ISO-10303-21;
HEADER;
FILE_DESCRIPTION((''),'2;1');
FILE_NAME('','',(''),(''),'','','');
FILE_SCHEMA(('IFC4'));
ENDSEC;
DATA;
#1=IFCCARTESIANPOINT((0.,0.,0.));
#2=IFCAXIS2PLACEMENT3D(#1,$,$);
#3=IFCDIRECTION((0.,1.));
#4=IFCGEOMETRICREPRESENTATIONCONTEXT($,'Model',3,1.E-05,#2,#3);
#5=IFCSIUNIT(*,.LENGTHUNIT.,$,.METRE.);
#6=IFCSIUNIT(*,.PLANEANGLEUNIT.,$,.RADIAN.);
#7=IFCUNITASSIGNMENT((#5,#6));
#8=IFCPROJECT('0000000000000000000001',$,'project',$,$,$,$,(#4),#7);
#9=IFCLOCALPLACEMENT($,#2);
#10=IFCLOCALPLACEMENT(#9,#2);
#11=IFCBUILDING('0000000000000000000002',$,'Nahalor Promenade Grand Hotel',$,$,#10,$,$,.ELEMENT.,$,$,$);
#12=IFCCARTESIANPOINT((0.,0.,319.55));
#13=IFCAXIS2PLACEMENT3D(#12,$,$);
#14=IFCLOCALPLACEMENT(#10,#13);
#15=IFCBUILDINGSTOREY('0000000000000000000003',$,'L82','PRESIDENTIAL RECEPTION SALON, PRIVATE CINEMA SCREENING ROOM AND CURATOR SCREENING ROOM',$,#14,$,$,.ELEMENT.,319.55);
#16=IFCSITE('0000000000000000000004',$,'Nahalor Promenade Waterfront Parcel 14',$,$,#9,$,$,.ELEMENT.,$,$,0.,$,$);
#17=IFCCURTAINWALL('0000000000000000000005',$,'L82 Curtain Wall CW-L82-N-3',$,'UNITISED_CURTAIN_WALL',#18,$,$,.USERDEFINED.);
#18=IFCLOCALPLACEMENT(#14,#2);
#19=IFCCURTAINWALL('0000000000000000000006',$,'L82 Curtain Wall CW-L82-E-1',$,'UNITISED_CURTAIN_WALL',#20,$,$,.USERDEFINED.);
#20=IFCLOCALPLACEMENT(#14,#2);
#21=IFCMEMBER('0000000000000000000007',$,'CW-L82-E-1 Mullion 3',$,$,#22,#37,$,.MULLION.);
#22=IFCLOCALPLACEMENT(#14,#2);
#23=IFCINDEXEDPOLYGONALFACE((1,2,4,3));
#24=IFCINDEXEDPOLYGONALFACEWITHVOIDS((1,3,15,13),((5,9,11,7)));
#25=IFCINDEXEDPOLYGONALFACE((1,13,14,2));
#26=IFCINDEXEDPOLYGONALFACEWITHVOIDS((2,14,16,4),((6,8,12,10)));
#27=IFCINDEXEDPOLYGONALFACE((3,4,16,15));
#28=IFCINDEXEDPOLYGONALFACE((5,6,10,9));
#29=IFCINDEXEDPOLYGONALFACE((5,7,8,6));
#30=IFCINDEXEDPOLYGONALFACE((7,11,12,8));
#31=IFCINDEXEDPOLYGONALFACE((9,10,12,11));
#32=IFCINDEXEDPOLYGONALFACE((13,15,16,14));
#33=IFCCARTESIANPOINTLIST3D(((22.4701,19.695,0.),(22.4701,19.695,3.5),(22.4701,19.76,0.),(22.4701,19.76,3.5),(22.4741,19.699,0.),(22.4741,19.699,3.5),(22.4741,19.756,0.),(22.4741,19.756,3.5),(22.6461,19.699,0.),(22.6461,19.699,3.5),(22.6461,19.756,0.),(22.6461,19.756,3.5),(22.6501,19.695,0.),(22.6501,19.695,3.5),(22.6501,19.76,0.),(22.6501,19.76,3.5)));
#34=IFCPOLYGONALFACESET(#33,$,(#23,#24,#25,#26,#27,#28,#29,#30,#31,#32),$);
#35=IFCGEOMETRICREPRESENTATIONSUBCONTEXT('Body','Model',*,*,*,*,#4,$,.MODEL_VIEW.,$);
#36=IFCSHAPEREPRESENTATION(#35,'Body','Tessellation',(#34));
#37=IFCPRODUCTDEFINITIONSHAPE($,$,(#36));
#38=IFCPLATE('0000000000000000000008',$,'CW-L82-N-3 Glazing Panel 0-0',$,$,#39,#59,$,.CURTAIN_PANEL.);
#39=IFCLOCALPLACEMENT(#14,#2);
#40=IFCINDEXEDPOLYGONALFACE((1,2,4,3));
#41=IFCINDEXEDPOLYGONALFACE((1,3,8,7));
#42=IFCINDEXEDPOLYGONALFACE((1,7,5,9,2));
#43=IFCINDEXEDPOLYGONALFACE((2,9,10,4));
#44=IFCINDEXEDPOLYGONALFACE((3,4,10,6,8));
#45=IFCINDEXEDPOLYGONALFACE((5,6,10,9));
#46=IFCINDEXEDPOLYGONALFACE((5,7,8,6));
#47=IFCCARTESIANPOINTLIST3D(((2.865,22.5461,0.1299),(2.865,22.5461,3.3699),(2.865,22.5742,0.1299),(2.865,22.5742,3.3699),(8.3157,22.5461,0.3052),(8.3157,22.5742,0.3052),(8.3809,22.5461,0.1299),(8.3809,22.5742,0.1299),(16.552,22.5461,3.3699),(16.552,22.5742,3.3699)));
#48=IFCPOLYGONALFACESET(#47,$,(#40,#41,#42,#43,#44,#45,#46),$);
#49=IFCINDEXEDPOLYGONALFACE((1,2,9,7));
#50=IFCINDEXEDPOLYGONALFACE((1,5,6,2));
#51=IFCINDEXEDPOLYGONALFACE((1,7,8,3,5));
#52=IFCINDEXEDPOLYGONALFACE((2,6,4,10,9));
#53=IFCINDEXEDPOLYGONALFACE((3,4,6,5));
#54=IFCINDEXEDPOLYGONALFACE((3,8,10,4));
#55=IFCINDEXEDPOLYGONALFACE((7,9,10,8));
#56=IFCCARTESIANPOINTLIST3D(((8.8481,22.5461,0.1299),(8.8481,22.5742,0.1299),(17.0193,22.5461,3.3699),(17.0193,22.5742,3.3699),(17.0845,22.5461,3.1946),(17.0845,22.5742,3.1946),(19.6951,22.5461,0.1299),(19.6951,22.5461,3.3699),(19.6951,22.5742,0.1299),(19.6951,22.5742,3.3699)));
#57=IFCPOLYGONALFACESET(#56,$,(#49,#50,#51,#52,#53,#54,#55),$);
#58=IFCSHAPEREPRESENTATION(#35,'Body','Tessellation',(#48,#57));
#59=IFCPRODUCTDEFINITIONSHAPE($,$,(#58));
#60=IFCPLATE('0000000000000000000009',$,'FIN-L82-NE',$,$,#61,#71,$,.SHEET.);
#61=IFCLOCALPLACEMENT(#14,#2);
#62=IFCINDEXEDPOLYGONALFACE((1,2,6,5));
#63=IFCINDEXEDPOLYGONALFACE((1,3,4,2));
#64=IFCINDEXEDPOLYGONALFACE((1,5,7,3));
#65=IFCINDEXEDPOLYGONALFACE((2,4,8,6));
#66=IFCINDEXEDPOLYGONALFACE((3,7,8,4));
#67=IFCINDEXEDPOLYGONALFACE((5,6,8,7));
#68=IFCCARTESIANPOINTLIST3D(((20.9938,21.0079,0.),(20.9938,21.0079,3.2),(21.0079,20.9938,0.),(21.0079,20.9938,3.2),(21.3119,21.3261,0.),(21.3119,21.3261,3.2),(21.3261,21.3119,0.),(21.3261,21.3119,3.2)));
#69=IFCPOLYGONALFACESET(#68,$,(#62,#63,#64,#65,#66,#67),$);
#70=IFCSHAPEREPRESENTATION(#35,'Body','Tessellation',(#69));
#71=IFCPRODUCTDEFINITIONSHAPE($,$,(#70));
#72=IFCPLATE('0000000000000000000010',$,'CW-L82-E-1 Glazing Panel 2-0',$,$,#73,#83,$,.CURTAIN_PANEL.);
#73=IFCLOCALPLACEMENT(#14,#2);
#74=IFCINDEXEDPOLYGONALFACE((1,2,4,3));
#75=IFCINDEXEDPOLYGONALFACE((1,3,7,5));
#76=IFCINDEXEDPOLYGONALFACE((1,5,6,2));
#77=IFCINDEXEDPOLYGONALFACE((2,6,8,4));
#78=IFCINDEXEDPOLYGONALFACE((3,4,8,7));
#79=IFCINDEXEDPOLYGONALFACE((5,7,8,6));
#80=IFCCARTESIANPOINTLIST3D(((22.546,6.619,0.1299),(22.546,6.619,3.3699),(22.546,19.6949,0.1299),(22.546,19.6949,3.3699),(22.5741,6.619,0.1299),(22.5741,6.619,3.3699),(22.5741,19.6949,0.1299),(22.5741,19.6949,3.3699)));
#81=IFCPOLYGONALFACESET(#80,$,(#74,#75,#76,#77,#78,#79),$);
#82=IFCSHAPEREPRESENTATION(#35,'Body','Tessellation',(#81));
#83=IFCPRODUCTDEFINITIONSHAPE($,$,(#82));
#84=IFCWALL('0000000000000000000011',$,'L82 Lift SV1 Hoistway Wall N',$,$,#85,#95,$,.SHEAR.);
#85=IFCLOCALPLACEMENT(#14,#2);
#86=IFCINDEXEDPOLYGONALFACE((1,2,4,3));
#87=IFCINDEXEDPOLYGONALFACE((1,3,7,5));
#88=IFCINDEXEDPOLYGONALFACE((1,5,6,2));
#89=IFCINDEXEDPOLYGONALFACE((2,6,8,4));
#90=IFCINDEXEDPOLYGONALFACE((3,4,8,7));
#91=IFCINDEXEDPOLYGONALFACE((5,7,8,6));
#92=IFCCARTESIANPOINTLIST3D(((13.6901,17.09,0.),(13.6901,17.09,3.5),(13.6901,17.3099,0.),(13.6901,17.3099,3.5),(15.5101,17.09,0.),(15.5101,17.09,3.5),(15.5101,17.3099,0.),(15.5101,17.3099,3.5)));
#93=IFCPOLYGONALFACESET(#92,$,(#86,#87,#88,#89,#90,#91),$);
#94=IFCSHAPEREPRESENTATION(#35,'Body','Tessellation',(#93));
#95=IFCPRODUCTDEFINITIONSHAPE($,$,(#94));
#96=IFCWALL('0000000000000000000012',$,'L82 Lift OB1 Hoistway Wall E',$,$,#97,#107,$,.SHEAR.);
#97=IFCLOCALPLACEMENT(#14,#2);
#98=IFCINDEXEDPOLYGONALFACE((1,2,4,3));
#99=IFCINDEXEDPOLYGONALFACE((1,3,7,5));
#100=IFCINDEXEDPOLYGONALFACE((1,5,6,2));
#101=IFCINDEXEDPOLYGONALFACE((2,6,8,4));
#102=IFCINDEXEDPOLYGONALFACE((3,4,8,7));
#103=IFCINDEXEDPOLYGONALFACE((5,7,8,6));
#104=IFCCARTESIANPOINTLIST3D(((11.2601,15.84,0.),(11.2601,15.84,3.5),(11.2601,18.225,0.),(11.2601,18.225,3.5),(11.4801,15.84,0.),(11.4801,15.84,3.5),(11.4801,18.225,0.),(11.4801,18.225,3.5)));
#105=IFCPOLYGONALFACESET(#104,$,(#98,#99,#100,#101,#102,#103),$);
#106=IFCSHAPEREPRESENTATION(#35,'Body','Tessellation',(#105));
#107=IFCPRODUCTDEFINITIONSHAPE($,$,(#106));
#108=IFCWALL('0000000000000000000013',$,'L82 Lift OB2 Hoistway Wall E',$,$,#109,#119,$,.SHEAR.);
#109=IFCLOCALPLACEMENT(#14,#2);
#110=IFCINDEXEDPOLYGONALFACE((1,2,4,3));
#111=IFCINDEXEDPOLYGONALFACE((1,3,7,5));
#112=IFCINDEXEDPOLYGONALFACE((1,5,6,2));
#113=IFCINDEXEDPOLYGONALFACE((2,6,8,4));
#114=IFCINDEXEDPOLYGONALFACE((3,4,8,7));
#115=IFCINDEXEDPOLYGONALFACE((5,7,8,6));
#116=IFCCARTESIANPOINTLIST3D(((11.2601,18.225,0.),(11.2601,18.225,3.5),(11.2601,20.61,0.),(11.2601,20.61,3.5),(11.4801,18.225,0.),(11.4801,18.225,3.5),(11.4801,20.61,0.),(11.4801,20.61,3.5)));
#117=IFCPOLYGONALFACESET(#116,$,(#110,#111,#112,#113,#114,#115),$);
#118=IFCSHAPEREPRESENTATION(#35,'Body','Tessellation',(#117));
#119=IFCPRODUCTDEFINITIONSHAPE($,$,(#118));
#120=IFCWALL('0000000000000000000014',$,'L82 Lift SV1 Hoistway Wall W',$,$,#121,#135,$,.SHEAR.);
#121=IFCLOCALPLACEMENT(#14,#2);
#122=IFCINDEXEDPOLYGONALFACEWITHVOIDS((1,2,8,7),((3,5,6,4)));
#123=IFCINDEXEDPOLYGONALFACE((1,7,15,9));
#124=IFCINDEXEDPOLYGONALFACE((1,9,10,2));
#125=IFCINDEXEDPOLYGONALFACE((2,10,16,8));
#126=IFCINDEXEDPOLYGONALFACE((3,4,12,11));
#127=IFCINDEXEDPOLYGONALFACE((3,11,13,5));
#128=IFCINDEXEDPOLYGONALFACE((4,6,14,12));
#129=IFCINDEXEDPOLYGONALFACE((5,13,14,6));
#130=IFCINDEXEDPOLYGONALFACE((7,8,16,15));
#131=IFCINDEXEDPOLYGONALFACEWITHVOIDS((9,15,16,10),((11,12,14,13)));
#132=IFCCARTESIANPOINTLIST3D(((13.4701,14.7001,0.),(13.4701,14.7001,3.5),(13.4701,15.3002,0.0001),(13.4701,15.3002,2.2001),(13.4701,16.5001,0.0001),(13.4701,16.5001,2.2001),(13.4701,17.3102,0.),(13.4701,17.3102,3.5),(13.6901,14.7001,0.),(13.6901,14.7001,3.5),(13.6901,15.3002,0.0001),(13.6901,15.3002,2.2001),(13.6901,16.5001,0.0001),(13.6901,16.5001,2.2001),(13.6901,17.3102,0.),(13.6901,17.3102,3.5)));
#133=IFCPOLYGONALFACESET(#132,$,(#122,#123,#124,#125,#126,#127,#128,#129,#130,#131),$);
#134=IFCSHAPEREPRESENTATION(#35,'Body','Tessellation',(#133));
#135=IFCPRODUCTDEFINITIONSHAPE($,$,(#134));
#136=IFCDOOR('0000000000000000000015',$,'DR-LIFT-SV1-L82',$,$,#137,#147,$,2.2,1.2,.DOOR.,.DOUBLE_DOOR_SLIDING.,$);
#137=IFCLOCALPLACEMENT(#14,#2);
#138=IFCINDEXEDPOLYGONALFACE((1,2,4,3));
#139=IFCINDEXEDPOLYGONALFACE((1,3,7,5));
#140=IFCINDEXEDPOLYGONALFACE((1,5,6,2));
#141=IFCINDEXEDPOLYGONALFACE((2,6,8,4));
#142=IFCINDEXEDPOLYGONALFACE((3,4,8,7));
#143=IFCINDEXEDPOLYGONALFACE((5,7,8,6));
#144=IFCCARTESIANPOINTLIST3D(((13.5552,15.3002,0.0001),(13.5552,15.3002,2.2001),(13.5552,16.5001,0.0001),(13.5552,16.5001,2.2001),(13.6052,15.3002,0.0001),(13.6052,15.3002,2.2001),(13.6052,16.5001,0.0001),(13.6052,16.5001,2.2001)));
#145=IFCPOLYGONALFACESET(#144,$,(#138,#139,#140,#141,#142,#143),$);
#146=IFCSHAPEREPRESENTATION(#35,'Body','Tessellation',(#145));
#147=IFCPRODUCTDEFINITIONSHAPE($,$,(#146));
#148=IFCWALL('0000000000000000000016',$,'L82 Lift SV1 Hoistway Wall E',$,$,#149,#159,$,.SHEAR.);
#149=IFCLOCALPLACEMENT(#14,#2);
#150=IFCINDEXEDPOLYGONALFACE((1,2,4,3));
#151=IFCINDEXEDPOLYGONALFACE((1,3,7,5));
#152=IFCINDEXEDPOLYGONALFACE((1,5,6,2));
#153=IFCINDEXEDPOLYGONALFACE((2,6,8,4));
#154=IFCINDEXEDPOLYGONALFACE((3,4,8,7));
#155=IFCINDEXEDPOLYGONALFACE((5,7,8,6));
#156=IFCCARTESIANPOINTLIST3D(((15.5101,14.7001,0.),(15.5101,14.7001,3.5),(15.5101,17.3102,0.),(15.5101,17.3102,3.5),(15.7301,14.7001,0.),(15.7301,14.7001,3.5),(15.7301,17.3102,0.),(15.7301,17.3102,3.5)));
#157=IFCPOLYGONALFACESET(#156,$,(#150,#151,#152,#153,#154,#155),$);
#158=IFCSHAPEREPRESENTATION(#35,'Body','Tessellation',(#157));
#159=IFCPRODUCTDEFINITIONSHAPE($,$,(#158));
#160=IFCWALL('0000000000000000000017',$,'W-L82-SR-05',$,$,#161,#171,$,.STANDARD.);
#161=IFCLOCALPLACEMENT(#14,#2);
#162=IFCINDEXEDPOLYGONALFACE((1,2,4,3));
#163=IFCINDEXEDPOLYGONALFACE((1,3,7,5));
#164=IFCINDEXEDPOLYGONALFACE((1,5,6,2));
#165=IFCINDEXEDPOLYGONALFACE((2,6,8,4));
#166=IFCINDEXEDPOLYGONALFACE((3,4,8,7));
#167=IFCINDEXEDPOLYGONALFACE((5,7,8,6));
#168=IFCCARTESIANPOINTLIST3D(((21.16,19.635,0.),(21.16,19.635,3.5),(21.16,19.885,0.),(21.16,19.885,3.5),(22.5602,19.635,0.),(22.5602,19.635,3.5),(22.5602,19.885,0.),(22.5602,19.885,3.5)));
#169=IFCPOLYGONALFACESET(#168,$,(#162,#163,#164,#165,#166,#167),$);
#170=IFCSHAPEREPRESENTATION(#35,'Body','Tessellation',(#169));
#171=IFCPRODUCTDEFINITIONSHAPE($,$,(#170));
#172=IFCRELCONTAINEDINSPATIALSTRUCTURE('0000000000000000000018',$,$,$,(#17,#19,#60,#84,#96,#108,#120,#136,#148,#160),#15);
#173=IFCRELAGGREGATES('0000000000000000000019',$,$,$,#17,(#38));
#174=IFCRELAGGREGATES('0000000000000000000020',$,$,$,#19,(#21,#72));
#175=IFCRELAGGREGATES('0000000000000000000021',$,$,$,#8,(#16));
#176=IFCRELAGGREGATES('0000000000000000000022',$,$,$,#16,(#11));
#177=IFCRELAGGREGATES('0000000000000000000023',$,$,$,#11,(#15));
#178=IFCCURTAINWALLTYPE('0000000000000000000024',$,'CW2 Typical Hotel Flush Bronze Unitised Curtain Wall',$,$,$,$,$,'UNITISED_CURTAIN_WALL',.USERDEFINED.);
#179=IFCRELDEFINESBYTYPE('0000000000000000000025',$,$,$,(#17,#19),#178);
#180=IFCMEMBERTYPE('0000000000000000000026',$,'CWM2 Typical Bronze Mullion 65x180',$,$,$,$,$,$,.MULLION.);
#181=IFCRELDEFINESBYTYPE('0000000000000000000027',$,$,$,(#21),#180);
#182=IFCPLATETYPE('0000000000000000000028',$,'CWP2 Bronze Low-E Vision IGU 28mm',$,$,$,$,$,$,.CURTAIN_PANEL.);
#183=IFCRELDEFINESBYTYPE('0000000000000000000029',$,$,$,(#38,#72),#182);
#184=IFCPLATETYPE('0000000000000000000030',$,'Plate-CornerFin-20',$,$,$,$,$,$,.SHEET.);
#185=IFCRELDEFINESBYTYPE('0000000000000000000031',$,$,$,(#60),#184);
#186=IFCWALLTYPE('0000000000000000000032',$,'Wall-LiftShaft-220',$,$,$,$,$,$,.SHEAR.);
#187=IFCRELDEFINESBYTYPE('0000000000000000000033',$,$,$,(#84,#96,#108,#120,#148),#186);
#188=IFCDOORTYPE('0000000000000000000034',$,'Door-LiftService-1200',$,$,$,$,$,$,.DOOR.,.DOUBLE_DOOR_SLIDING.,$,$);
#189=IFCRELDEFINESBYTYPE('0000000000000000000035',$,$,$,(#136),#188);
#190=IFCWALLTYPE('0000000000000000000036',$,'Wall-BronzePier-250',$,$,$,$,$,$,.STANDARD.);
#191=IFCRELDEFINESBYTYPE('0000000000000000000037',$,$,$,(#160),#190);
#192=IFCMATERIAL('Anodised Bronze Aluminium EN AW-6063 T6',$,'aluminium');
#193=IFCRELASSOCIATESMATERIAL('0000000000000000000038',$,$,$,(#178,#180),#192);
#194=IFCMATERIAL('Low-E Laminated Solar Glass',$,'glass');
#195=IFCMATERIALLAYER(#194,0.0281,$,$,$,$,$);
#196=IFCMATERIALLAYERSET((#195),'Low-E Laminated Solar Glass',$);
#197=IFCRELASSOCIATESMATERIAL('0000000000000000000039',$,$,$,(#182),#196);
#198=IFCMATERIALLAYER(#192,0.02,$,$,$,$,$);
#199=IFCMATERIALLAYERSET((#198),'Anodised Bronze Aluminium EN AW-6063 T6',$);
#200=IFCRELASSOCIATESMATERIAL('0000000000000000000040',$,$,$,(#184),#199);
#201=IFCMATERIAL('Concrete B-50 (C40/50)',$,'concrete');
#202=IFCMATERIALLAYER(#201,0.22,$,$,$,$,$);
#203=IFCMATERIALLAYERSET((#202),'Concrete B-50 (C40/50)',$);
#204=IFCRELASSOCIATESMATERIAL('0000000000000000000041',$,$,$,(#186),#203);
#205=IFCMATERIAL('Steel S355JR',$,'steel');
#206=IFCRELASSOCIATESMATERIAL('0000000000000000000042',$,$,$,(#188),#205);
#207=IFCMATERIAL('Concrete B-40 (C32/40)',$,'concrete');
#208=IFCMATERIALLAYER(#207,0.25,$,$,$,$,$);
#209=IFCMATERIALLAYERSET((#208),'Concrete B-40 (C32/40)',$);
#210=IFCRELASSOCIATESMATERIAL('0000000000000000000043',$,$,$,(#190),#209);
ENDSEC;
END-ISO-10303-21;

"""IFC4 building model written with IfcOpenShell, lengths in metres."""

from ifc_helpers import new_model, si_unit, direction, frame, frame_2d, origin, origin_2d, place, context, subcontext, project, spatial, polyline, rectangle, hollow_rectangle, outline, extrude, source, transform, mapped, material, layer, layer_set, material_profile, profile_set, type_object, element, fill, aggregate, save


model = new_model("IFC4")

# Units and contexts
model_context = context("Model", 3, precision=1e-05, world=origin(), true_north=direction((0.0, 1.0)))
body_context = subcontext(model_context, "Body", "Model", "MODEL_VIEW")
ifc_project = project(units=[si_unit("LENGTHUNIT", "METRE"), si_unit("PLANEANGLEUNIT", "RADIAN")], contexts=[model_context])

# Site, building, storey
site_placement = place(None, origin())
site = spatial("IfcSite", under=ifc_project, at=site_placement, Name="Nahalor Promenade Waterfront Parcel 14", CompositionType="ELEMENT", RefElevation=0.0)
building_placement = place(site_placement, origin())
building = spatial("IfcBuilding", under=site, at=building_placement, Name="Nahalor Promenade Grand Hotel", CompositionType="ELEMENT")
storey_placement = place(building_placement, frame((0.0, 0.0, 319.55)))
storey = spatial("IfcBuildingStorey", under=building, at=storey_placement, Name="L82", Description="PRESIDENTIAL RECEPTION SALON, PRIVATE CINEMA SCREENING ROOM AND CURATOR SCREENING ROOM", CompositionType="ELEMENT", Elevation=319.55)

# Shared definitions
ifc_material_1 = material(Name="Concrete B-50 (C40/50)", Category="concrete")
ifc_material_2 = material(Name="Steel S355JR", Category="steel")

# Curtain walls, member
ifc_material_3 = material(Name="Anodised Bronze Aluminium EN AW-6063 T6", Category="aluminium")
curtain_wall_type = type_object("IfcCurtainWallType", Name="CW2 Typical Hotel Flush Bronze Unitised Curtain Wall", ElementType="UNITISED_CURTAIN_WALL", PredefinedType="USERDEFINED", material=ifc_material_3)
curtain_wall_1_placement = place(storey_placement, origin())
curtain_wall_1 = element("IfcCurtainWall", 1, at=curtain_wall_1_placement, inside=storey, type_object=curtain_wall_type, Name="L82 Curtain Wall CW-L82-N-3", ObjectType="UNITISED_CURTAIN_WALL", PredefinedType="USERDEFINED")
ifc_material_profile_1 = material_profile(ifc_material_3, hollow_rectangle(XDim=0.065, YDim=0.18, WallThickness=0.004, at=origin_2d()), Name="CWM 65x180x4")
ifc_profile_set_1 = profile_set([ifc_material_profile_1], Name="Anodised Bronze Aluminium EN AW-6063 T6")
member_type = type_object("IfcMemberType", Name="CWM2 Typical Bronze Mullion 65x180", PredefinedType="MULLION", material=ifc_profile_set_1)
shared_shape_1 = source(origin(), body_context, "Body", "SweptSolid", [
    extrude(hollow_rectangle(XDim=0.065, YDim=0.18, WallThickness=0.004, at=origin_2d()), origin(), (0.0, 0.0, 1.0), 3.5),
])
curtain_wall_2_placement = place(storey_placement, origin())
curtain_wall_2 = element("IfcCurtainWall", 2, at=curtain_wall_2_placement, inside=storey, type_object=curtain_wall_type, Name="L82 Curtain Wall CW-L82-E-1", ObjectType="UNITISED_CURTAIN_WALL", PredefinedType="USERDEFINED")
member_1_placement = place(storey_placement, frame((22.5601, 19.7275, 0.0), z_axis=(0.0, 0.0, 1.0), x_axis=(0.0, 1.0, 0.0)))
member_1 = element("IfcMember", 3, at=member_1_placement, type_object=member_type, Name="CW-L82-E-1 Mullion 3", PredefinedType="MULLION", context=body_context, shape_type="MappedRepresentation", body=[
    mapped(shared_shape_1, transform((0.0, 0.0, 0.0), scale=1.0)),
])

# Plates
ifc_material_4 = material(Name="Low-E Laminated Solar Glass", Category="glass")
ifc_layer_1 = layer(ifc_material_4, 0.0281)
ifc_layer_set_1 = layer_set([ifc_layer_1], Name="Low-E Laminated Solar Glass")
plate_type_1 = type_object("IfcPlateType", Name="CWP2 Bronze Low-E Vision IGU 28mm", PredefinedType="CURTAIN_PANEL", material=ifc_layer_set_1)
plate_1_placement = place(storey_placement, frame((11.28, 22.5601, 0.1299), z_axis=(0.0, 0.0, 1.0), x_axis=(1.0, 0.0, 0.0)))
plate_1 = element("IfcPlate", 4, at=plate_1_placement, type_object=plate_type_1, Name="CW-L82-N-3 Glazing Panel 0-0", PredefinedType="CURTAIN_PANEL", context=body_context, shape_type="SweptSolid", body=[
    extrude(outline(polyline([(-8.415, 3.24), (-8.415, 0.0), (-2.8992, 0.0), (-2.9644, 0.1753), (5.272, 3.24), (-8.415, 3.24)])), frame((0.0, 0.0142, 0.0), z_axis=(0.0, -1.0, 0.0), x_axis=(1.0, 0.0, 0.0)), (0.0, 0.0, 1.0), 0.0281),
    extrude(outline(polyline([(8.415, 0.0), (8.415, 3.24), (5.7393, 3.24), (5.8044, 3.0647), (-2.4319, 0.0), (8.415, 0.0)])), frame((0.0, 0.0142, 0.0), z_axis=(0.0, -1.0, 0.0), x_axis=(1.0, 0.0, 0.0)), (0.0, 0.0, 1.0), 0.0281),
])
aggregate(curtain_wall_1, [plate_1])
ifc_layer_2 = layer(ifc_material_3, 0.02)
ifc_layer_set_2 = layer_set([ifc_layer_2], Name="Anodised Bronze Aluminium EN AW-6063 T6")
plate_type_2 = type_object("IfcPlateType", Name="Plate-CornerFin-20", PredefinedType="SHEET", material=ifc_layer_set_2)
shared_shape_2 = source(origin(), body_context, "Body", "SweptSolid", [
    extrude(rectangle(XDim=0.45, YDim=0.02, at=origin_2d()), origin(), (0.0, 0.0, 1.0), 3.2),
])
plate_2_placement = place(storey_placement, frame((21.1599, 21.1599, 0.0), z_axis=(0.0, 0.0, 1.0), x_axis=(0.707107, 0.707107, 0.0)))
element("IfcPlate", 5, at=plate_2_placement, inside=storey, type_object=plate_type_2, Name="FIN-L82-NE", PredefinedType="SHEET", context=body_context, shape_type="MappedRepresentation", body=[
    mapped(shared_shape_2, transform((0.0, 0.0, 0.0), scale=1.0)),
])
shared_shape_3 = source(origin(), body_context, "Body", "SweptSolid", [
    extrude(rectangle(XDim=13.0759, YDim=0.0281, at=origin_2d()), origin(), (0.0, 0.0, 1.0), 3.24),
])
plate_3_placement = place(storey_placement, frame((22.5601, 13.157, 0.1299), z_axis=(0.0, 0.0, 1.0), x_axis=(0.0, 1.0, 0.0)))
plate_3 = element("IfcPlate", 6, at=plate_3_placement, type_object=plate_type_1, Name="CW-L82-E-1 Glazing Panel 2-0", PredefinedType="CURTAIN_PANEL", context=body_context, shape_type="MappedRepresentation", body=[
    mapped(shared_shape_3, transform((0.0, 0.0, 0.0), scale=1.0)),
])
aggregate(curtain_wall_2, [member_1, plate_3])

# Walls
ifc_layer_3 = layer(ifc_material_1, 0.22)
ifc_layer_set_3 = layer_set([ifc_layer_3], Name="Concrete B-50 (C40/50)")
wall_type_1 = type_object("IfcWallType", Name="Wall-LiftShaft-220", PredefinedType="SHEAR", material=ifc_layer_set_3)
shared_shape_4 = source(origin(), body_context, "Body", "SweptSolid", [
    extrude(rectangle(XDim=1.8201, YDim=0.22, at=frame_2d((0.9102, 0.0))), origin(), (0.0, 0.0, 1.0), 3.5),
])
wall_1_placement = place(storey_placement, frame((13.6899, 17.2, 0.0), z_axis=(0.0, 0.0, 1.0), x_axis=(1.0, 0.0, 0.0)))
element("IfcWall", 7, at=wall_1_placement, inside=storey, type_object=wall_type_1, Name="L82 Lift SV1 Hoistway Wall N", PredefinedType="SHEAR", context=body_context, shape_type="MappedRepresentation", body=[
    mapped(shared_shape_4, transform((0.0, 0.0, 0.0), scale=1.0)),
])
shared_shape_5 = source(origin(), body_context, "Body", "SweptSolid", [
    extrude(rectangle(XDim=2.385, YDim=0.22, at=frame_2d((1.1924, 0.0))), origin(), (0.0, 0.0, 1.0), 3.5),
])
for number, where, z_axis, x_axis, name in (
    (8, (11.3701, 15.8401, 0.0), (0.0, 0.0, 1.0), (0.0, 1.0, 0.0), "L82 Lift OB1 Hoistway Wall E"),
    (9, (11.3701, 18.2251, 0.0), (0.0, 0.0, 1.0), (0.0, 1.0, 0.0), "L82 Lift OB2 Hoistway Wall E"),
):
    element("IfcWall", number, at=place(storey_placement, frame(where, z_axis=z_axis, x_axis=x_axis)), inside=storey, type_object=wall_type_1, Name=name, PredefinedType="SHEAR", context=body_context, shape_type="MappedRepresentation", body=[
        mapped(shared_shape_5, transform((0.0, 0.0, 0.0), scale=1.0)),
    ])

# Wall, opening, door
shared_shape_6 = source(origin(), body_context, "Body", "SweptSolid", [
    extrude(rectangle(XDim=2.6101, YDim=0.22, at=frame_2d((1.3052, 0.0))), origin(), (0.0, 0.0, 1.0), 3.5),
])
wall_2_placement = place(storey_placement, frame((13.5801, 14.7, 0.0), z_axis=(0.0, 0.0, 1.0), x_axis=(0.0, 1.0, 0.0)))
wall_2 = element("IfcWall", 10, at=wall_2_placement, inside=storey, type_object=wall_type_1, Name="L82 Lift SV1 Hoistway Wall W", PredefinedType="SHEAR", context=body_context, shape_type="MappedRepresentation", body=[
    mapped(shared_shape_6, transform((0.0, 0.0, 0.0), scale=1.0)),
])
opening_placement = place(wall_2_placement, frame((0.6001, 0.0, 0.0)))
opening = element("IfcOpeningElement", 11, at=opening_placement, cuts=wall_2, PredefinedType="OPENING", context=body_context, shape_type="SweptSolid", body=[
    extrude(rectangle(XDim=1.2, YDim=2.2, at=frame_2d((0.6001, 1.1001))), frame((0.0, 0.1199, 0.0), z_axis=(0.0, -1.0, 0.0), x_axis=(1.0, 0.0, 0.0)), (0.0, 0.0, 1.0), 0.24),
])
door_type = type_object("IfcDoorType", Name="Door-LiftService-1200", OperationType="DOUBLE_DOOR_SLIDING", PredefinedType="DOOR", material=ifc_material_2)
shared_shape_7 = source(origin(), body_context, "Body", "SweptSolid", [
    extrude(rectangle(XDim=1.2, YDim=2.2, at=frame_2d((0.6001, 1.1001))), frame((0.0, 0.0249, 0.0), z_axis=(0.0, -1.0, 0.0), x_axis=(1.0, 0.0, 0.0)), (0.0, 0.0, 1.0), 0.05),
])
door_placement = place(opening_placement, origin())
door = element("IfcDoor", 12, at=door_placement, inside=storey, type_object=door_type, Name="DR-LIFT-SV1-L82", OperationType="DOUBLE_DOOR_SLIDING", OverallHeight=2.2, OverallWidth=1.2, PredefinedType="DOOR", context=body_context, shape_type="MappedRepresentation", body=[
    mapped(shared_shape_7, transform((0.0, 0.0, 0.0), scale=1.0)),
])
fill(opening, door)

# Walls
wall_3_placement = place(storey_placement, frame((15.6201, 14.7, 0.0), z_axis=(0.0, 0.0, 1.0), x_axis=(0.0, 1.0, 0.0)))
element("IfcWall", 13, at=wall_3_placement, inside=storey, type_object=wall_type_1, Name="L82 Lift SV1 Hoistway Wall E", PredefinedType="SHEAR", context=body_context, shape_type="MappedRepresentation", body=[
    mapped(shared_shape_6, transform((0.0, 0.0, 0.0), scale=1.0)),
])
ifc_material_5 = material(Name="Concrete B-40 (C32/40)", Category="concrete")
ifc_layer_4 = layer(ifc_material_5, 0.25)
ifc_layer_set_4 = layer_set([ifc_layer_4], Name="Concrete B-40 (C32/40)")
wall_type_2 = type_object("IfcWallType", Name="Wall-BronzePier-250", PredefinedType="STANDARD", material=ifc_layer_set_4)
shared_shape_8 = source(origin(), body_context, "Body", "SweptSolid", [
    extrude(rectangle(XDim=1.4001, YDim=0.25, at=frame_2d((0.7002, 0.0))), origin(), (0.0, 0.0, 1.0), 3.5),
])
for number, where, z_axis, x_axis, name in (
    (14, (21.1599, 19.76, 0.0), (0.0, 0.0, 1.0), (1.0, 0.0, 0.0), "W-L82-SR-05"),
):
    element("IfcWall", number, at=place(storey_placement, frame(where, z_axis=z_axis, x_axis=x_axis)), inside=storey, type_object=wall_type_2, Name=name, PredefinedType="STANDARD", context=body_context, shape_type="MappedRepresentation", body=[
        mapped(shared_shape_8, transform((0.0, 0.0, 0.0), scale=1.0)),
    ])

save(model, "model.ifc")
